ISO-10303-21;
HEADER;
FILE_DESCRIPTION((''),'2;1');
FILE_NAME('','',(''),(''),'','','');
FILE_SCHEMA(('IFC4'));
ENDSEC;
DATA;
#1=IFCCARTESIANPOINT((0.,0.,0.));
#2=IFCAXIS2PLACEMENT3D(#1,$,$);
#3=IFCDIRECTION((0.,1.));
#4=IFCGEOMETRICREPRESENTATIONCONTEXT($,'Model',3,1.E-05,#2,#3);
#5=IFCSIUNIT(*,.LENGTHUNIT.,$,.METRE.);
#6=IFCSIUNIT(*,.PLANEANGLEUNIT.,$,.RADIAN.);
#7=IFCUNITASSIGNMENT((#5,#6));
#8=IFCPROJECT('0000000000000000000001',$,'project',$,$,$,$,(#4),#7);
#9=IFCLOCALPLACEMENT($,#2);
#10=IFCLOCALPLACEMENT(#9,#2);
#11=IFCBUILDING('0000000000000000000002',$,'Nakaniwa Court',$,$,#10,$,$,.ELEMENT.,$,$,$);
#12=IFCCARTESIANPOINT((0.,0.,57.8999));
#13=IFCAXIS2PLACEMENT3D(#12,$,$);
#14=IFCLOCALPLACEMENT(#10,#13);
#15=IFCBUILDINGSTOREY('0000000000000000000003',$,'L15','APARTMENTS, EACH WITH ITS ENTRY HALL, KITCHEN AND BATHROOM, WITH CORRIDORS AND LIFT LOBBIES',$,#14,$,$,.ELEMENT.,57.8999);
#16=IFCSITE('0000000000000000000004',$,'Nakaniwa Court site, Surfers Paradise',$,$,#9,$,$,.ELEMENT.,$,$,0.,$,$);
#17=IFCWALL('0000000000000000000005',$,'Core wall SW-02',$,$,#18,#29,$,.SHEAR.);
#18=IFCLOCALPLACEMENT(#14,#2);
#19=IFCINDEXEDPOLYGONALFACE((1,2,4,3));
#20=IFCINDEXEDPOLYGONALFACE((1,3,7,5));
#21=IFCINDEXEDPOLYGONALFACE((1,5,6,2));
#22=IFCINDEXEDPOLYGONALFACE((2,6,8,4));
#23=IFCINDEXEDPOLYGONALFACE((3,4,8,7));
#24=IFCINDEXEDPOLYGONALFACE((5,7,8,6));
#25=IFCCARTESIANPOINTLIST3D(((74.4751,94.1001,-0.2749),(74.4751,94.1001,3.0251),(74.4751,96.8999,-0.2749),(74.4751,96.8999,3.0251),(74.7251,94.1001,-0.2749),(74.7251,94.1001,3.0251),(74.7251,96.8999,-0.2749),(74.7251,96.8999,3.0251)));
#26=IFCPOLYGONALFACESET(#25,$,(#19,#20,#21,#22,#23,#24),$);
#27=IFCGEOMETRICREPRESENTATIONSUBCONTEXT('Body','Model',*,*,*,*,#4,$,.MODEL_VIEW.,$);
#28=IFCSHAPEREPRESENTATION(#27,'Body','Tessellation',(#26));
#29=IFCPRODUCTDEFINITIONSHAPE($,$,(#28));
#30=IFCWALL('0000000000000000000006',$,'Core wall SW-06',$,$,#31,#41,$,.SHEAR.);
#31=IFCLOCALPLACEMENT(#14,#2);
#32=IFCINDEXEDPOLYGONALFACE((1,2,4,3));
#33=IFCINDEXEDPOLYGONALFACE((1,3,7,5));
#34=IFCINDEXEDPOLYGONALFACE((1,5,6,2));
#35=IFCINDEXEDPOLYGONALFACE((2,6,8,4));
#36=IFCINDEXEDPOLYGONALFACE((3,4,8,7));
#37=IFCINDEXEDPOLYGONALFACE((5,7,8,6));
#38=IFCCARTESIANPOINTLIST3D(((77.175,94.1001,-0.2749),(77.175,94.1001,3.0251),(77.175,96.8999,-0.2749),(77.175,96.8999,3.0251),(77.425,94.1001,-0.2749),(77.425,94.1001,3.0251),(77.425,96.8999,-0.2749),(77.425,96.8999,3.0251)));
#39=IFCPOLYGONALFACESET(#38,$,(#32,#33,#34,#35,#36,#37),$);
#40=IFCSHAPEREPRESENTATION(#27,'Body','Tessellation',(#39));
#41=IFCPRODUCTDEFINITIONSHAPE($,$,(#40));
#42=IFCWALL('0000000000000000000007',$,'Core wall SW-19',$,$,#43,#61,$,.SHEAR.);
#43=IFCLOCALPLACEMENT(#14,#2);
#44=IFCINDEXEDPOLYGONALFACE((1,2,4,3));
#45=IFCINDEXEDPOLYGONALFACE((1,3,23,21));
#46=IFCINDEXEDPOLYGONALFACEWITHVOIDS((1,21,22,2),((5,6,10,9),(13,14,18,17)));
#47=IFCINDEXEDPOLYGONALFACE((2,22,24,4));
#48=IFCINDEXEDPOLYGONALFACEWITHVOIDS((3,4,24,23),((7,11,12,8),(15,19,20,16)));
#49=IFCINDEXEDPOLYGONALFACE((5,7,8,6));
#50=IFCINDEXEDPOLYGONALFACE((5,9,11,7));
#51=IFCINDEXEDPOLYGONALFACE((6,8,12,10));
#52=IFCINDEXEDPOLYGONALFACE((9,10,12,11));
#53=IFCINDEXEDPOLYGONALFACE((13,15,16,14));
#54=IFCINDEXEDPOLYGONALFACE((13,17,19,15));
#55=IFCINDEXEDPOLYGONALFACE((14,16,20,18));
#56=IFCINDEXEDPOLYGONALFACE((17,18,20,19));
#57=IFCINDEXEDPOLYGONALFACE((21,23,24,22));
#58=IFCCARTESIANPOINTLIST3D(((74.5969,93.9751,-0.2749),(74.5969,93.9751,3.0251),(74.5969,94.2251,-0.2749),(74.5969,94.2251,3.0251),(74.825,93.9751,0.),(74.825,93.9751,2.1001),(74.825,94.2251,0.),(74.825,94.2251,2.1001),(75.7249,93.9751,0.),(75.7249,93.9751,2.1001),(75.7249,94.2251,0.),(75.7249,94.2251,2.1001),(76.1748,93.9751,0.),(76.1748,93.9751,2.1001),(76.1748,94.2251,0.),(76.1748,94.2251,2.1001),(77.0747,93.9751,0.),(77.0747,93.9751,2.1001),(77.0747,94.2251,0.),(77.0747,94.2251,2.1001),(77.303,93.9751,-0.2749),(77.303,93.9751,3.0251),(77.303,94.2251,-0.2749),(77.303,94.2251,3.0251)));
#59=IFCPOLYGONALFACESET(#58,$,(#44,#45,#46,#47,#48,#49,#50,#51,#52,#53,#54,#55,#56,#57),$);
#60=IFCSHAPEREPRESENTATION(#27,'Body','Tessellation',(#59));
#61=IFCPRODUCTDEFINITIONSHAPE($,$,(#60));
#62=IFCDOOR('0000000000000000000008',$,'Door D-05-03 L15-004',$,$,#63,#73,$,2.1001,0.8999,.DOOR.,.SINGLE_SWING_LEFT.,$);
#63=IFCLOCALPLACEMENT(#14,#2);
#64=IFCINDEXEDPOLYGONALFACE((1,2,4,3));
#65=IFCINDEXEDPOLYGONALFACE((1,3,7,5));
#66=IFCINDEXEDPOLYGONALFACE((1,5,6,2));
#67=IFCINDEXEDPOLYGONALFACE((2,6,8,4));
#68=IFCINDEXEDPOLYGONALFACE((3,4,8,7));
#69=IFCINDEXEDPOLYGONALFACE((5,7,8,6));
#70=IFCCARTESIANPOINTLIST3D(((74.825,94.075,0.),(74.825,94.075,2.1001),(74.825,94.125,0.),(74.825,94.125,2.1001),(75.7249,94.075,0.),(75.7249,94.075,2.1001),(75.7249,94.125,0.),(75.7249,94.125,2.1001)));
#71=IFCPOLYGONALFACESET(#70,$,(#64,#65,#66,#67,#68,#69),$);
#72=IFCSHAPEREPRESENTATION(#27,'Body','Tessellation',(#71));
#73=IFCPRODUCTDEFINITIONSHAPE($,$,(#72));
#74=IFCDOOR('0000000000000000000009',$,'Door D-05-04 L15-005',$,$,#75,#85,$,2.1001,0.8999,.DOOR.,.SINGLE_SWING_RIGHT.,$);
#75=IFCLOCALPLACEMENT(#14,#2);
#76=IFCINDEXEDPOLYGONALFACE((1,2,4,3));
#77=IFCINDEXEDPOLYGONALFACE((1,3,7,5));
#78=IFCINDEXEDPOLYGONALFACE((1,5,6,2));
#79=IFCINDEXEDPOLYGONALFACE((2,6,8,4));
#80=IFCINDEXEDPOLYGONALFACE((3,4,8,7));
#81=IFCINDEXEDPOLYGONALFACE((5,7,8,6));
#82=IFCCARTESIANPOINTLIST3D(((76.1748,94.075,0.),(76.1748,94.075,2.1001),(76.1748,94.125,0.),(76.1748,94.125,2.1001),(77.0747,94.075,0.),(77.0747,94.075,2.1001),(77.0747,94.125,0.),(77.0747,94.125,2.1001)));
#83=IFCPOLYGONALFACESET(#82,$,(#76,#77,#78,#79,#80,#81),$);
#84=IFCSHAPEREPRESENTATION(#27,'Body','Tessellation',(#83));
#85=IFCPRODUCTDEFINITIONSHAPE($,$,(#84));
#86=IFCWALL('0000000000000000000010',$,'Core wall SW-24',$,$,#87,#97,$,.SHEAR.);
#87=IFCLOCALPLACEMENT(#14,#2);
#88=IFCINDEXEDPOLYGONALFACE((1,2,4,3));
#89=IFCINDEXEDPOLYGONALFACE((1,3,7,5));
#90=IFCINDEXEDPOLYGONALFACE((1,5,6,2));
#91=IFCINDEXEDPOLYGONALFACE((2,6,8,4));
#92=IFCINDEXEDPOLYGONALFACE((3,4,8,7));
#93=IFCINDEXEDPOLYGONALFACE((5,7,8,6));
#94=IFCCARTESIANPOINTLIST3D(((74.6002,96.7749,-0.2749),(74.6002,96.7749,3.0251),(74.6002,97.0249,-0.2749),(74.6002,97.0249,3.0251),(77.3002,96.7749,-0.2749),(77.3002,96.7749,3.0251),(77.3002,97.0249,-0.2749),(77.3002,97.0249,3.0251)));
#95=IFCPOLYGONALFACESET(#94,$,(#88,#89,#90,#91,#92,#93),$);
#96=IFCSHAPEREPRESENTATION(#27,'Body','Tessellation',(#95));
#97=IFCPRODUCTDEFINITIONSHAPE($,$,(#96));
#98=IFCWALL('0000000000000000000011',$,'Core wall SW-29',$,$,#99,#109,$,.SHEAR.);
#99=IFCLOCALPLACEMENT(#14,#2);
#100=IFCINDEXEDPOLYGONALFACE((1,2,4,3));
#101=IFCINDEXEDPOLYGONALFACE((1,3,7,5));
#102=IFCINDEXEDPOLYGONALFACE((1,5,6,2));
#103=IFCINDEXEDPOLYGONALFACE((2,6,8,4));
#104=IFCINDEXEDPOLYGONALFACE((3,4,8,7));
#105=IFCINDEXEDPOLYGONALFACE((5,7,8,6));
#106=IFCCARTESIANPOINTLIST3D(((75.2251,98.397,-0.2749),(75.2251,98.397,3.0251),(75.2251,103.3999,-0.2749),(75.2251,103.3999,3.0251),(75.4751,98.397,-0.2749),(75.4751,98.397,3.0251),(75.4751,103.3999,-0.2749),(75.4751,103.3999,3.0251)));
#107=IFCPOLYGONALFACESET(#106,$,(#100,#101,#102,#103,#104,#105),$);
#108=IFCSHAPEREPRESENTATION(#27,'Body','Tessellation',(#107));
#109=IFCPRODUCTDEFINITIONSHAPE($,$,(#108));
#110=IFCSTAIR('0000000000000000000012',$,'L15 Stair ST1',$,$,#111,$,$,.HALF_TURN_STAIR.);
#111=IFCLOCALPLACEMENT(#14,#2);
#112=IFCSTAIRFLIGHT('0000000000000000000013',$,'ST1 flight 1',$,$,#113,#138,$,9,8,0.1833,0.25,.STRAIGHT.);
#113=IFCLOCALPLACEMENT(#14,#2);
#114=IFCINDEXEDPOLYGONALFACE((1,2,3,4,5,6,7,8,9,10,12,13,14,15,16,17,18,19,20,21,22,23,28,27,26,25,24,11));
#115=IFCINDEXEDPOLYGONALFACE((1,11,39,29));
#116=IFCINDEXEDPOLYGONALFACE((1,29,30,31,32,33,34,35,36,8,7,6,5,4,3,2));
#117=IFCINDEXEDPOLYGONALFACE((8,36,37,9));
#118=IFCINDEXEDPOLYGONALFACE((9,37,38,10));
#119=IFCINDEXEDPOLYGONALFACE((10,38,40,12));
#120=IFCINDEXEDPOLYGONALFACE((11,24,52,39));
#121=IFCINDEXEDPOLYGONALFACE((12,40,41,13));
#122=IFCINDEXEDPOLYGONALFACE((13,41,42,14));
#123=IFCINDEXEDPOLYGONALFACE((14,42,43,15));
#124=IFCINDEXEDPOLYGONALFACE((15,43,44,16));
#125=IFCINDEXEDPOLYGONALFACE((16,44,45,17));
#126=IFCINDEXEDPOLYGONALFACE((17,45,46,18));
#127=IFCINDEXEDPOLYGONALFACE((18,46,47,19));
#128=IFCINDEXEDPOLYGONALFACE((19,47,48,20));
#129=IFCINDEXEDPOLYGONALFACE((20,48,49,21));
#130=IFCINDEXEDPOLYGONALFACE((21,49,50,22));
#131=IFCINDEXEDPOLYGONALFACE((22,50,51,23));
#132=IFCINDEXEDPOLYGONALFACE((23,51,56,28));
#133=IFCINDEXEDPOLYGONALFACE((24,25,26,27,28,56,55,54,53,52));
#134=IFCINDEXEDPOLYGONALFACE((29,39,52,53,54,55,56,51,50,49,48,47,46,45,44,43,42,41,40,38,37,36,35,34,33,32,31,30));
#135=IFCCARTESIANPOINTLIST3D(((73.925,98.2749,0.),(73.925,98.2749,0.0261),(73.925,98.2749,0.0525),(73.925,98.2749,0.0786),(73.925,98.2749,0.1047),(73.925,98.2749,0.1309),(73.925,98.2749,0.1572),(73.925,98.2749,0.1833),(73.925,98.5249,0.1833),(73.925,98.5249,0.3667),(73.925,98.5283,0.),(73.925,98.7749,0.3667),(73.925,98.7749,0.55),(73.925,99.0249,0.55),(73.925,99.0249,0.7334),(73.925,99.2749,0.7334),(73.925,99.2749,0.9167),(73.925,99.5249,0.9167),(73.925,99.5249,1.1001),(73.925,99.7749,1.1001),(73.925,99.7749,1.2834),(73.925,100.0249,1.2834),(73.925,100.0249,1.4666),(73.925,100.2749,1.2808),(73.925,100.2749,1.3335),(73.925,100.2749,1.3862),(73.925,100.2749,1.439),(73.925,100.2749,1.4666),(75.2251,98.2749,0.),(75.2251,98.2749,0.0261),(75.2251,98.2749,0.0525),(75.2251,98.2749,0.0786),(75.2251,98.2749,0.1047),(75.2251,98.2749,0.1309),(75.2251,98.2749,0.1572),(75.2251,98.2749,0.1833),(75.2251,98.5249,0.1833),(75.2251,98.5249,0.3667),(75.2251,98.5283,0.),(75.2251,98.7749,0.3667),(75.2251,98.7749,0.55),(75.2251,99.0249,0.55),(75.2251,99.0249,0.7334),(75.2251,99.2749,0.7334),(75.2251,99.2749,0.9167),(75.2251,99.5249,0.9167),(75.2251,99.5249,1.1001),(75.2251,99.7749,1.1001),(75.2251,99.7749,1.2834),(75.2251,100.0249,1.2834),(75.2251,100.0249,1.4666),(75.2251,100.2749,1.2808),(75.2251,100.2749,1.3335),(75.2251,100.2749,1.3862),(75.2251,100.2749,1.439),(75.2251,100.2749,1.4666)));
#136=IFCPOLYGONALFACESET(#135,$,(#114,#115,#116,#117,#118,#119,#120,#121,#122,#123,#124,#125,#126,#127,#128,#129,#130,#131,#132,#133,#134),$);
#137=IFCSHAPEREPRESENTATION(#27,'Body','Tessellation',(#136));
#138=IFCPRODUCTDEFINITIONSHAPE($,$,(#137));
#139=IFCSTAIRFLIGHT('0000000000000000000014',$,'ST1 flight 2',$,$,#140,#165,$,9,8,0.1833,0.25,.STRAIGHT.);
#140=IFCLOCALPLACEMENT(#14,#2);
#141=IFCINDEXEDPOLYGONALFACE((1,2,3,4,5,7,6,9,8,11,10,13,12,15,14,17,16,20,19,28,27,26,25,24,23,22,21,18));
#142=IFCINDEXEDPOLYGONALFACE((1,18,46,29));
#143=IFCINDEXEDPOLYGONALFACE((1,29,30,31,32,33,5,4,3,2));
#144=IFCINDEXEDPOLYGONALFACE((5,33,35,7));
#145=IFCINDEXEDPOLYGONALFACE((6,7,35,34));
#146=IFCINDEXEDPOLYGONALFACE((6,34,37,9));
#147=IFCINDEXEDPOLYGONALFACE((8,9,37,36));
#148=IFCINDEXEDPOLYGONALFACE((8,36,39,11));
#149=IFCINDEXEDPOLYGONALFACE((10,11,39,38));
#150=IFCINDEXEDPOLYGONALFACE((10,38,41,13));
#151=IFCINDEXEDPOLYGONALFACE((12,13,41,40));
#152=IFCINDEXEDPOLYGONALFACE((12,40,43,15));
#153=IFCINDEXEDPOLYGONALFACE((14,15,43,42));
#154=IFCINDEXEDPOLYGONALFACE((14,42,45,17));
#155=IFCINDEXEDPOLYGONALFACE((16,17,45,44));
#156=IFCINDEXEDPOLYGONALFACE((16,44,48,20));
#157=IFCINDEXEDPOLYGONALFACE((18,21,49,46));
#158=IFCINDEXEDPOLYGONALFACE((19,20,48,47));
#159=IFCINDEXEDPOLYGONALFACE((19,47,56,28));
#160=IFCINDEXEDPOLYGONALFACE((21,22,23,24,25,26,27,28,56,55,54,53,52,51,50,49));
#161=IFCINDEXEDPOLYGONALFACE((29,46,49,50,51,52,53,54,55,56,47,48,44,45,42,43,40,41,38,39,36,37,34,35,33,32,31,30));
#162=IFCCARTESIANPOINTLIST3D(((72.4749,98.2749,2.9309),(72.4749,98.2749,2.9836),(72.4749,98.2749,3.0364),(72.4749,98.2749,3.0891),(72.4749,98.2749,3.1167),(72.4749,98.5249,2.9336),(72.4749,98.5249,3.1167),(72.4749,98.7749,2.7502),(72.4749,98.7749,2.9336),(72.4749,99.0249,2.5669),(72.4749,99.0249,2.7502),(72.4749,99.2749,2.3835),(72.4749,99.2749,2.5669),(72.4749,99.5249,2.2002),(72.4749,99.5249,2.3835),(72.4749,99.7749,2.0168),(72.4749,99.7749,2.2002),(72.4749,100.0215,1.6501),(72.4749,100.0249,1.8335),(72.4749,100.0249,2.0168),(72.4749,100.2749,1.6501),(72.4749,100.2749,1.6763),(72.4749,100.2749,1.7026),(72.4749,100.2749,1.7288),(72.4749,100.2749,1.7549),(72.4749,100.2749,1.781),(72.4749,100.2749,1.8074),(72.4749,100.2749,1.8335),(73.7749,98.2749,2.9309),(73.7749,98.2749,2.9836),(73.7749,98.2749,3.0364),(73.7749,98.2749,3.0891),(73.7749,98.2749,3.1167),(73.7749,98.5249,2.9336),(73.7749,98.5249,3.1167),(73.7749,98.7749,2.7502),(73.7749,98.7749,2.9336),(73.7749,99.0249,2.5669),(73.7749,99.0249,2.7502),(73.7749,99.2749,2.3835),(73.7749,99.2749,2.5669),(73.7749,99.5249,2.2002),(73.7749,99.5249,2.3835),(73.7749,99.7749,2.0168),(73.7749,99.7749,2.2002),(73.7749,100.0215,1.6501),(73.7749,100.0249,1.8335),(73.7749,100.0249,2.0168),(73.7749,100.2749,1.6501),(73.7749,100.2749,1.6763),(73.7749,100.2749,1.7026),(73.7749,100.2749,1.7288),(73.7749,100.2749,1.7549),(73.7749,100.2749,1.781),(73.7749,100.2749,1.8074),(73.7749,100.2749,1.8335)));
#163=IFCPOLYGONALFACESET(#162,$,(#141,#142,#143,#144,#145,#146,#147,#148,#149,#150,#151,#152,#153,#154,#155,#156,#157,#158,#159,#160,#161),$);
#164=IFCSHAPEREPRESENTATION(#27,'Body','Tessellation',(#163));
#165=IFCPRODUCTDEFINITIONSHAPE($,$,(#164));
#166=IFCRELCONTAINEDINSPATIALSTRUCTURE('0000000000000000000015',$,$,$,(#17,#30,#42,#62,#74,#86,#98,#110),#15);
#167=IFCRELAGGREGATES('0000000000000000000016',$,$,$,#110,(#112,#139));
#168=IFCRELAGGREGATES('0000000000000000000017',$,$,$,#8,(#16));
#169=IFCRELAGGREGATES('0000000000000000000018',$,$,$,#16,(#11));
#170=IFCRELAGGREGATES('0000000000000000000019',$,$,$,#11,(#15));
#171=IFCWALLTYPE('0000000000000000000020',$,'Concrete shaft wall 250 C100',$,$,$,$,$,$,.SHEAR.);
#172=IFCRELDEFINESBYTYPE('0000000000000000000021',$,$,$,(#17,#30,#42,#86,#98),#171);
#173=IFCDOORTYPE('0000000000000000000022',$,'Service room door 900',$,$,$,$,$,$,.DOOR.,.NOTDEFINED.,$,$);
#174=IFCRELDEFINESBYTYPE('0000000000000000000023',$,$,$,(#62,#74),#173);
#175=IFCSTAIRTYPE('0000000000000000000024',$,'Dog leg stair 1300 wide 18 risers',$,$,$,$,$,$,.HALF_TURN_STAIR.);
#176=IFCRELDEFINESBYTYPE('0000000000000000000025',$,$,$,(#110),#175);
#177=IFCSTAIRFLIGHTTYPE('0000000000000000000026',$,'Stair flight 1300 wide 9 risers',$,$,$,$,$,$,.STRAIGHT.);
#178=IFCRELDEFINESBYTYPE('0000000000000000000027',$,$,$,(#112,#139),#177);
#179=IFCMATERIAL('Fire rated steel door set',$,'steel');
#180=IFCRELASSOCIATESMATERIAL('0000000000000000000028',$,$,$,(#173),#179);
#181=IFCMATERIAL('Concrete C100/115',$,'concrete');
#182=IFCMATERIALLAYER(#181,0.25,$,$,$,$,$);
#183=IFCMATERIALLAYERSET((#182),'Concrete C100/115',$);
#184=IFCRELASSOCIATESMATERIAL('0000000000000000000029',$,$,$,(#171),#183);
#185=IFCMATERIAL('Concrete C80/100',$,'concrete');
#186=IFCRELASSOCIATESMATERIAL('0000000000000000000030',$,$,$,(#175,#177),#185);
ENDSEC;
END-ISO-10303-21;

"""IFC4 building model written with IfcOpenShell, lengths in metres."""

from ifc_helpers import new_model, si_unit, direction, frame, frame_2d, origin, place, context, subcontext, project, spatial, polyline, rectangle, outline, extrude, material, layer, layer_set, type_object, element, fill, aggregate, save


model = new_model("IFC4")

# Units and contexts
model_context = context("Model", 3, precision=1e-05, world=origin(), true_north=direction((0.0, 1.0)))
body_context = subcontext(model_context, "Body", "Model", "MODEL_VIEW")
ifc_project = project(units=[si_unit("LENGTHUNIT", "METRE"), si_unit("PLANEANGLEUNIT", "RADIAN")], contexts=[model_context])

# Site, building, storey
site_placement = place(None, origin())
site = spatial("IfcSite", under=ifc_project, at=site_placement, Name="Nakaniwa Court site, Surfers Paradise", CompositionType="ELEMENT", RefElevation=0.0)
building_placement = place(site_placement, origin())
building = spatial("IfcBuilding", under=site, at=building_placement, Name="Nakaniwa Court", CompositionType="ELEMENT")
storey_placement = place(building_placement, frame((0.0, 0.0, 57.8999)))
storey = spatial("IfcBuildingStorey", under=building, at=storey_placement, Name="L15", Description="APARTMENTS, EACH WITH ITS ENTRY HALL, KITCHEN AND BATHROOM, WITH CORRIDORS AND LIFT LOBBIES", CompositionType="ELEMENT", Elevation=57.8999)

# Shared definitions
ifc_material_1 = material(Name="Concrete C80/100", Category="concrete")

# Shared definitions
ifc_material_2 = material(Name="Fire rated steel door set", Category="steel")
door_type_1 = type_object("IfcDoorType", Name="Service room door 900", OperationType="NOTDEFINED", PredefinedType="DOOR", material=ifc_material_2)

# Shared definitions
ifc_material_3 = material(Name="Concrete C100/115", Category="concrete")

# Walls
ifc_layer_1 = layer(ifc_material_3, 0.25)
ifc_layer_set_1 = layer_set([ifc_layer_1], Name="Concrete C100/115")
wall_type_1 = type_object("IfcWallType", Name="Concrete shaft wall 250 C100", PredefinedType="SHEAR", material=ifc_layer_set_1)
for number, where, z_axis, x_axis, name in (
    (1, (74.6001, 94.1001, -0.2749), (0.0, 0.0, 1.0), (0.0, 1.0, 0.0), "Core wall SW-02"),
    (2, (77.3, 94.1001, -0.2749), (0.0, 0.0, 1.0), (0.0, 1.0, 0.0), "Core wall SW-06"),
):
    element("IfcWall", number, at=place(storey_placement, frame(where, z_axis=z_axis, x_axis=x_axis)), inside=storey, type_object=wall_type_1, Name=name, PredefinedType="SHEAR", context=body_context, shape_type="SweptSolid", body=[
        extrude(rectangle(XDim=2.7998, YDim=0.25, at=frame_2d((1.3999, 0.0))), origin(), (0.0, 0.0, 1.0), 3.3),
    ])

# Wall, openings, doors
wall_1_placement = place(storey_placement, frame((74.5969, 94.1001, -0.2749), z_axis=(0.0, 0.0, 1.0), x_axis=(1.0, 0.0, 0.0)))
wall_1 = element("IfcWall", 3, at=wall_1_placement, inside=storey, type_object=wall_type_1, Name="Core wall SW-19", PredefinedType="SHEAR", context=body_context, shape_type="SweptSolid", body=[
    extrude(rectangle(XDim=2.7061, YDim=0.25, at=frame_2d((1.353, 0.0))), origin(), (0.0, 0.0, 1.0), 3.3),
])
opening_1_placement = place(wall_1_placement, frame((0.228, 0.0, 0.2749)))
opening_1 = element("IfcOpeningElement", 4, at=opening_1_placement, cuts=wall_1, PredefinedType="OPENING", context=body_context, shape_type="SweptSolid", body=[
    extrude(rectangle(XDim=0.8999, YDim=2.1001, at=frame_2d((0.45, 1.05))), frame((0.0, 0.135, 0.0), z_axis=(0.0, -1.0, 0.0), x_axis=(1.0, 0.0, 0.0)), (0.0, 0.0, 1.0), 0.27),
])
opening_2_placement = place(wall_1_placement, frame((1.5779, 0.0, 0.2749)))
opening_2 = element("IfcOpeningElement", 5, at=opening_2_placement, cuts=wall_1, PredefinedType="OPENING", context=body_context, shape_type="SweptSolid", body=[
    extrude(rectangle(XDim=0.8999, YDim=2.1001, at=frame_2d((0.45, 1.05))), frame((0.0, 0.135, 0.0), z_axis=(0.0, -1.0, 0.0), x_axis=(1.0, 0.0, 0.0)), (0.0, 0.0, 1.0), 0.27),
])
door_1_placement = place(opening_1_placement, origin())
door_1 = element("IfcDoor", 6, at=door_1_placement, inside=storey, type_object=door_type_1, Name="Door D-05-03 L15-004", OperationType="SINGLE_SWING_LEFT", OverallHeight=2.1001, OverallWidth=0.8999, PredefinedType="DOOR", context=body_context, shape_type="SweptSolid", body=[
    extrude(rectangle(XDim=0.8999, YDim=2.1001, at=frame_2d((0.45, 1.05))), frame((0.0, 0.0249, 0.0), z_axis=(0.0, -1.0, 0.0), x_axis=(1.0, 0.0, 0.0)), (0.0, 0.0, 1.0), 0.05),
])
fill(opening_1, door_1)
door_2_placement = place(opening_2_placement, origin())
door_2 = element("IfcDoor", 7, at=door_2_placement, inside=storey, type_object=door_type_1, Name="Door D-05-04 L15-005", OperationType="SINGLE_SWING_RIGHT", OverallHeight=2.1001, OverallWidth=0.8999, PredefinedType="DOOR", context=body_context, shape_type="SweptSolid", body=[
    extrude(rectangle(XDim=0.8999, YDim=2.1001, at=frame_2d((0.45, 1.05))), frame((0.0, 0.0249, 0.0), z_axis=(0.0, -1.0, 0.0), x_axis=(1.0, 0.0, 0.0)), (0.0, 0.0, 1.0), 0.05),
])
fill(opening_2, door_2)

# Walls
wall_2_placement = place(storey_placement, frame((74.6001, 96.8999, -0.2749), z_axis=(0.0, 0.0, 1.0), x_axis=(1.0, 0.0, 0.0)))
element("IfcWall", 8, at=wall_2_placement, inside=storey, type_object=wall_type_1, Name="Core wall SW-24", PredefinedType="SHEAR", context=body_context, shape_type="SweptSolid", body=[
    extrude(rectangle(XDim=2.7, YDim=0.25, at=frame_2d((1.3501, 0.0))), origin(), (0.0, 0.0, 1.0), 3.3),
])
wall_3_placement = place(storey_placement, frame((75.3501, 98.397, -0.2749), z_axis=(0.0, 0.0, 1.0), x_axis=(0.0, 1.0, 0.0)))
element("IfcWall", 9, at=wall_3_placement, inside=storey, type_object=wall_type_1, Name="Core wall SW-29", PredefinedType="SHEAR", context=body_context, shape_type="SweptSolid", body=[
    extrude(rectangle(XDim=5.0029, YDim=0.25, at=frame_2d((2.5015, 0.0))), origin(), (0.0, 0.0, 1.0), 3.3),
])

# Stair, stair flights
stair_type = type_object("IfcStairType", Name="Dog leg stair 1300 wide 18 risers", PredefinedType="HALF_TURN_STAIR", material=ifc_material_1)
stair_placement = place(storey_placement, origin())
stair = element("IfcStair", 10, at=stair_placement, inside=storey, type_object=stair_type, Name="L15 Stair ST1", PredefinedType="HALF_TURN_STAIR")
stair_flight_type = type_object("IfcStairFlightType", Name="Stair flight 1300 wide 9 risers", PredefinedType="STRAIGHT", material=ifc_material_1)
stair_flight_1_placement = place(storey_placement, frame((74.575, 98.2749, 0.0), z_axis=(0.0, 0.0, 1.0), x_axis=(0.0, 1.0, 0.0)))
stair_flight_1 = element("IfcStairFlight", 11, at=stair_flight_1_placement, type_object=stair_flight_type, Name="ST1 flight 1", NumberOfRisers=9, NumberOfTreads=8, PredefinedType="STRAIGHT", RiserHeight=0.1833, TreadLength=0.25, context=body_context, shape_type="SweptSolid", body=[
    extrude(outline(polyline([(0.0, 0.0), (0.0, 0.0261), (0.0, 0.0525), (0.0, 0.0786), (0.0, 0.1047), (0.0, 0.1309), (0.0, 0.1572), (0.0, 0.1833), (0.25, 0.1833), (0.25, 0.3667), (0.5, 0.3667), (0.5, 0.55), (0.75, 0.55), (0.75, 0.7334), (1.0, 0.7334), (1.0, 0.9167), (1.25, 0.9167), (1.25, 1.1001), (1.5, 1.1001), (1.5, 1.2834), (1.75, 1.2834), (1.75, 1.4666), (2.0, 1.4666), (2.0, 1.6499), (2.0, 1.5972), (2.0, 1.5444), (2.0, 1.4917), (2.0, 1.439), (2.0, 1.3862), (2.0, 1.3335), (2.0, 1.2808), (0.2534, 0.0), (0.0, 0.0)])), frame((0.0, 0.6499, 0.0), z_axis=(0.0, -1.0, 0.0), x_axis=(1.0, 0.0, 0.0)), (0.0, 0.0, 1.0), 1.3),
])
stair_flight_2_placement = place(storey_placement, frame((73.125, 100.2749, 1.6501), z_axis=(0.0, 0.0, 1.0), x_axis=(0.0, -1.0, 0.0)))
stair_flight_2 = element("IfcStairFlight", 12, at=stair_flight_2_placement, type_object=stair_flight_type, Name="ST1 flight 2", NumberOfRisers=9, NumberOfTreads=8, PredefinedType="STRAIGHT", RiserHeight=0.1833, TreadLength=0.25, context=body_context, shape_type="SweptSolid", body=[
    extrude(outline(polyline([(0.0, 0.0), (0.0, 0.0261), (0.0, 0.0525), (0.0, 0.0786), (0.0, 0.1047), (0.0, 0.1309), (0.0, 0.1572), (0.0, 0.1833), (0.25, 0.1833), (0.25, 0.3667), (0.5, 0.3667), (0.5, 0.55), (0.75, 0.55), (0.75, 0.7334), (1.0, 0.7334), (1.0, 0.9167), (1.25, 0.9167), (1.25, 1.1001), (1.5, 1.1001), (1.5, 1.2834), (1.75, 1.2834), (1.75, 1.4666), (2.0, 1.4666), (2.0, 1.6499), (2.0, 1.5972), (2.0, 1.5444), (2.0, 1.4917), (2.0, 1.439), (2.0, 1.3862), (2.0, 1.3335), (2.0, 1.2808), (0.2534, 0.0), (0.0, 0.0)])), frame((0.0, 0.6499, 0.0), z_axis=(0.0, -1.0, 0.0), x_axis=(1.0, 0.0, 0.0)), (0.0, 0.0, 1.0), 1.3),
])
aggregate(stair, [stair_flight_1, stair_flight_2])

save(model, "model.ifc")
